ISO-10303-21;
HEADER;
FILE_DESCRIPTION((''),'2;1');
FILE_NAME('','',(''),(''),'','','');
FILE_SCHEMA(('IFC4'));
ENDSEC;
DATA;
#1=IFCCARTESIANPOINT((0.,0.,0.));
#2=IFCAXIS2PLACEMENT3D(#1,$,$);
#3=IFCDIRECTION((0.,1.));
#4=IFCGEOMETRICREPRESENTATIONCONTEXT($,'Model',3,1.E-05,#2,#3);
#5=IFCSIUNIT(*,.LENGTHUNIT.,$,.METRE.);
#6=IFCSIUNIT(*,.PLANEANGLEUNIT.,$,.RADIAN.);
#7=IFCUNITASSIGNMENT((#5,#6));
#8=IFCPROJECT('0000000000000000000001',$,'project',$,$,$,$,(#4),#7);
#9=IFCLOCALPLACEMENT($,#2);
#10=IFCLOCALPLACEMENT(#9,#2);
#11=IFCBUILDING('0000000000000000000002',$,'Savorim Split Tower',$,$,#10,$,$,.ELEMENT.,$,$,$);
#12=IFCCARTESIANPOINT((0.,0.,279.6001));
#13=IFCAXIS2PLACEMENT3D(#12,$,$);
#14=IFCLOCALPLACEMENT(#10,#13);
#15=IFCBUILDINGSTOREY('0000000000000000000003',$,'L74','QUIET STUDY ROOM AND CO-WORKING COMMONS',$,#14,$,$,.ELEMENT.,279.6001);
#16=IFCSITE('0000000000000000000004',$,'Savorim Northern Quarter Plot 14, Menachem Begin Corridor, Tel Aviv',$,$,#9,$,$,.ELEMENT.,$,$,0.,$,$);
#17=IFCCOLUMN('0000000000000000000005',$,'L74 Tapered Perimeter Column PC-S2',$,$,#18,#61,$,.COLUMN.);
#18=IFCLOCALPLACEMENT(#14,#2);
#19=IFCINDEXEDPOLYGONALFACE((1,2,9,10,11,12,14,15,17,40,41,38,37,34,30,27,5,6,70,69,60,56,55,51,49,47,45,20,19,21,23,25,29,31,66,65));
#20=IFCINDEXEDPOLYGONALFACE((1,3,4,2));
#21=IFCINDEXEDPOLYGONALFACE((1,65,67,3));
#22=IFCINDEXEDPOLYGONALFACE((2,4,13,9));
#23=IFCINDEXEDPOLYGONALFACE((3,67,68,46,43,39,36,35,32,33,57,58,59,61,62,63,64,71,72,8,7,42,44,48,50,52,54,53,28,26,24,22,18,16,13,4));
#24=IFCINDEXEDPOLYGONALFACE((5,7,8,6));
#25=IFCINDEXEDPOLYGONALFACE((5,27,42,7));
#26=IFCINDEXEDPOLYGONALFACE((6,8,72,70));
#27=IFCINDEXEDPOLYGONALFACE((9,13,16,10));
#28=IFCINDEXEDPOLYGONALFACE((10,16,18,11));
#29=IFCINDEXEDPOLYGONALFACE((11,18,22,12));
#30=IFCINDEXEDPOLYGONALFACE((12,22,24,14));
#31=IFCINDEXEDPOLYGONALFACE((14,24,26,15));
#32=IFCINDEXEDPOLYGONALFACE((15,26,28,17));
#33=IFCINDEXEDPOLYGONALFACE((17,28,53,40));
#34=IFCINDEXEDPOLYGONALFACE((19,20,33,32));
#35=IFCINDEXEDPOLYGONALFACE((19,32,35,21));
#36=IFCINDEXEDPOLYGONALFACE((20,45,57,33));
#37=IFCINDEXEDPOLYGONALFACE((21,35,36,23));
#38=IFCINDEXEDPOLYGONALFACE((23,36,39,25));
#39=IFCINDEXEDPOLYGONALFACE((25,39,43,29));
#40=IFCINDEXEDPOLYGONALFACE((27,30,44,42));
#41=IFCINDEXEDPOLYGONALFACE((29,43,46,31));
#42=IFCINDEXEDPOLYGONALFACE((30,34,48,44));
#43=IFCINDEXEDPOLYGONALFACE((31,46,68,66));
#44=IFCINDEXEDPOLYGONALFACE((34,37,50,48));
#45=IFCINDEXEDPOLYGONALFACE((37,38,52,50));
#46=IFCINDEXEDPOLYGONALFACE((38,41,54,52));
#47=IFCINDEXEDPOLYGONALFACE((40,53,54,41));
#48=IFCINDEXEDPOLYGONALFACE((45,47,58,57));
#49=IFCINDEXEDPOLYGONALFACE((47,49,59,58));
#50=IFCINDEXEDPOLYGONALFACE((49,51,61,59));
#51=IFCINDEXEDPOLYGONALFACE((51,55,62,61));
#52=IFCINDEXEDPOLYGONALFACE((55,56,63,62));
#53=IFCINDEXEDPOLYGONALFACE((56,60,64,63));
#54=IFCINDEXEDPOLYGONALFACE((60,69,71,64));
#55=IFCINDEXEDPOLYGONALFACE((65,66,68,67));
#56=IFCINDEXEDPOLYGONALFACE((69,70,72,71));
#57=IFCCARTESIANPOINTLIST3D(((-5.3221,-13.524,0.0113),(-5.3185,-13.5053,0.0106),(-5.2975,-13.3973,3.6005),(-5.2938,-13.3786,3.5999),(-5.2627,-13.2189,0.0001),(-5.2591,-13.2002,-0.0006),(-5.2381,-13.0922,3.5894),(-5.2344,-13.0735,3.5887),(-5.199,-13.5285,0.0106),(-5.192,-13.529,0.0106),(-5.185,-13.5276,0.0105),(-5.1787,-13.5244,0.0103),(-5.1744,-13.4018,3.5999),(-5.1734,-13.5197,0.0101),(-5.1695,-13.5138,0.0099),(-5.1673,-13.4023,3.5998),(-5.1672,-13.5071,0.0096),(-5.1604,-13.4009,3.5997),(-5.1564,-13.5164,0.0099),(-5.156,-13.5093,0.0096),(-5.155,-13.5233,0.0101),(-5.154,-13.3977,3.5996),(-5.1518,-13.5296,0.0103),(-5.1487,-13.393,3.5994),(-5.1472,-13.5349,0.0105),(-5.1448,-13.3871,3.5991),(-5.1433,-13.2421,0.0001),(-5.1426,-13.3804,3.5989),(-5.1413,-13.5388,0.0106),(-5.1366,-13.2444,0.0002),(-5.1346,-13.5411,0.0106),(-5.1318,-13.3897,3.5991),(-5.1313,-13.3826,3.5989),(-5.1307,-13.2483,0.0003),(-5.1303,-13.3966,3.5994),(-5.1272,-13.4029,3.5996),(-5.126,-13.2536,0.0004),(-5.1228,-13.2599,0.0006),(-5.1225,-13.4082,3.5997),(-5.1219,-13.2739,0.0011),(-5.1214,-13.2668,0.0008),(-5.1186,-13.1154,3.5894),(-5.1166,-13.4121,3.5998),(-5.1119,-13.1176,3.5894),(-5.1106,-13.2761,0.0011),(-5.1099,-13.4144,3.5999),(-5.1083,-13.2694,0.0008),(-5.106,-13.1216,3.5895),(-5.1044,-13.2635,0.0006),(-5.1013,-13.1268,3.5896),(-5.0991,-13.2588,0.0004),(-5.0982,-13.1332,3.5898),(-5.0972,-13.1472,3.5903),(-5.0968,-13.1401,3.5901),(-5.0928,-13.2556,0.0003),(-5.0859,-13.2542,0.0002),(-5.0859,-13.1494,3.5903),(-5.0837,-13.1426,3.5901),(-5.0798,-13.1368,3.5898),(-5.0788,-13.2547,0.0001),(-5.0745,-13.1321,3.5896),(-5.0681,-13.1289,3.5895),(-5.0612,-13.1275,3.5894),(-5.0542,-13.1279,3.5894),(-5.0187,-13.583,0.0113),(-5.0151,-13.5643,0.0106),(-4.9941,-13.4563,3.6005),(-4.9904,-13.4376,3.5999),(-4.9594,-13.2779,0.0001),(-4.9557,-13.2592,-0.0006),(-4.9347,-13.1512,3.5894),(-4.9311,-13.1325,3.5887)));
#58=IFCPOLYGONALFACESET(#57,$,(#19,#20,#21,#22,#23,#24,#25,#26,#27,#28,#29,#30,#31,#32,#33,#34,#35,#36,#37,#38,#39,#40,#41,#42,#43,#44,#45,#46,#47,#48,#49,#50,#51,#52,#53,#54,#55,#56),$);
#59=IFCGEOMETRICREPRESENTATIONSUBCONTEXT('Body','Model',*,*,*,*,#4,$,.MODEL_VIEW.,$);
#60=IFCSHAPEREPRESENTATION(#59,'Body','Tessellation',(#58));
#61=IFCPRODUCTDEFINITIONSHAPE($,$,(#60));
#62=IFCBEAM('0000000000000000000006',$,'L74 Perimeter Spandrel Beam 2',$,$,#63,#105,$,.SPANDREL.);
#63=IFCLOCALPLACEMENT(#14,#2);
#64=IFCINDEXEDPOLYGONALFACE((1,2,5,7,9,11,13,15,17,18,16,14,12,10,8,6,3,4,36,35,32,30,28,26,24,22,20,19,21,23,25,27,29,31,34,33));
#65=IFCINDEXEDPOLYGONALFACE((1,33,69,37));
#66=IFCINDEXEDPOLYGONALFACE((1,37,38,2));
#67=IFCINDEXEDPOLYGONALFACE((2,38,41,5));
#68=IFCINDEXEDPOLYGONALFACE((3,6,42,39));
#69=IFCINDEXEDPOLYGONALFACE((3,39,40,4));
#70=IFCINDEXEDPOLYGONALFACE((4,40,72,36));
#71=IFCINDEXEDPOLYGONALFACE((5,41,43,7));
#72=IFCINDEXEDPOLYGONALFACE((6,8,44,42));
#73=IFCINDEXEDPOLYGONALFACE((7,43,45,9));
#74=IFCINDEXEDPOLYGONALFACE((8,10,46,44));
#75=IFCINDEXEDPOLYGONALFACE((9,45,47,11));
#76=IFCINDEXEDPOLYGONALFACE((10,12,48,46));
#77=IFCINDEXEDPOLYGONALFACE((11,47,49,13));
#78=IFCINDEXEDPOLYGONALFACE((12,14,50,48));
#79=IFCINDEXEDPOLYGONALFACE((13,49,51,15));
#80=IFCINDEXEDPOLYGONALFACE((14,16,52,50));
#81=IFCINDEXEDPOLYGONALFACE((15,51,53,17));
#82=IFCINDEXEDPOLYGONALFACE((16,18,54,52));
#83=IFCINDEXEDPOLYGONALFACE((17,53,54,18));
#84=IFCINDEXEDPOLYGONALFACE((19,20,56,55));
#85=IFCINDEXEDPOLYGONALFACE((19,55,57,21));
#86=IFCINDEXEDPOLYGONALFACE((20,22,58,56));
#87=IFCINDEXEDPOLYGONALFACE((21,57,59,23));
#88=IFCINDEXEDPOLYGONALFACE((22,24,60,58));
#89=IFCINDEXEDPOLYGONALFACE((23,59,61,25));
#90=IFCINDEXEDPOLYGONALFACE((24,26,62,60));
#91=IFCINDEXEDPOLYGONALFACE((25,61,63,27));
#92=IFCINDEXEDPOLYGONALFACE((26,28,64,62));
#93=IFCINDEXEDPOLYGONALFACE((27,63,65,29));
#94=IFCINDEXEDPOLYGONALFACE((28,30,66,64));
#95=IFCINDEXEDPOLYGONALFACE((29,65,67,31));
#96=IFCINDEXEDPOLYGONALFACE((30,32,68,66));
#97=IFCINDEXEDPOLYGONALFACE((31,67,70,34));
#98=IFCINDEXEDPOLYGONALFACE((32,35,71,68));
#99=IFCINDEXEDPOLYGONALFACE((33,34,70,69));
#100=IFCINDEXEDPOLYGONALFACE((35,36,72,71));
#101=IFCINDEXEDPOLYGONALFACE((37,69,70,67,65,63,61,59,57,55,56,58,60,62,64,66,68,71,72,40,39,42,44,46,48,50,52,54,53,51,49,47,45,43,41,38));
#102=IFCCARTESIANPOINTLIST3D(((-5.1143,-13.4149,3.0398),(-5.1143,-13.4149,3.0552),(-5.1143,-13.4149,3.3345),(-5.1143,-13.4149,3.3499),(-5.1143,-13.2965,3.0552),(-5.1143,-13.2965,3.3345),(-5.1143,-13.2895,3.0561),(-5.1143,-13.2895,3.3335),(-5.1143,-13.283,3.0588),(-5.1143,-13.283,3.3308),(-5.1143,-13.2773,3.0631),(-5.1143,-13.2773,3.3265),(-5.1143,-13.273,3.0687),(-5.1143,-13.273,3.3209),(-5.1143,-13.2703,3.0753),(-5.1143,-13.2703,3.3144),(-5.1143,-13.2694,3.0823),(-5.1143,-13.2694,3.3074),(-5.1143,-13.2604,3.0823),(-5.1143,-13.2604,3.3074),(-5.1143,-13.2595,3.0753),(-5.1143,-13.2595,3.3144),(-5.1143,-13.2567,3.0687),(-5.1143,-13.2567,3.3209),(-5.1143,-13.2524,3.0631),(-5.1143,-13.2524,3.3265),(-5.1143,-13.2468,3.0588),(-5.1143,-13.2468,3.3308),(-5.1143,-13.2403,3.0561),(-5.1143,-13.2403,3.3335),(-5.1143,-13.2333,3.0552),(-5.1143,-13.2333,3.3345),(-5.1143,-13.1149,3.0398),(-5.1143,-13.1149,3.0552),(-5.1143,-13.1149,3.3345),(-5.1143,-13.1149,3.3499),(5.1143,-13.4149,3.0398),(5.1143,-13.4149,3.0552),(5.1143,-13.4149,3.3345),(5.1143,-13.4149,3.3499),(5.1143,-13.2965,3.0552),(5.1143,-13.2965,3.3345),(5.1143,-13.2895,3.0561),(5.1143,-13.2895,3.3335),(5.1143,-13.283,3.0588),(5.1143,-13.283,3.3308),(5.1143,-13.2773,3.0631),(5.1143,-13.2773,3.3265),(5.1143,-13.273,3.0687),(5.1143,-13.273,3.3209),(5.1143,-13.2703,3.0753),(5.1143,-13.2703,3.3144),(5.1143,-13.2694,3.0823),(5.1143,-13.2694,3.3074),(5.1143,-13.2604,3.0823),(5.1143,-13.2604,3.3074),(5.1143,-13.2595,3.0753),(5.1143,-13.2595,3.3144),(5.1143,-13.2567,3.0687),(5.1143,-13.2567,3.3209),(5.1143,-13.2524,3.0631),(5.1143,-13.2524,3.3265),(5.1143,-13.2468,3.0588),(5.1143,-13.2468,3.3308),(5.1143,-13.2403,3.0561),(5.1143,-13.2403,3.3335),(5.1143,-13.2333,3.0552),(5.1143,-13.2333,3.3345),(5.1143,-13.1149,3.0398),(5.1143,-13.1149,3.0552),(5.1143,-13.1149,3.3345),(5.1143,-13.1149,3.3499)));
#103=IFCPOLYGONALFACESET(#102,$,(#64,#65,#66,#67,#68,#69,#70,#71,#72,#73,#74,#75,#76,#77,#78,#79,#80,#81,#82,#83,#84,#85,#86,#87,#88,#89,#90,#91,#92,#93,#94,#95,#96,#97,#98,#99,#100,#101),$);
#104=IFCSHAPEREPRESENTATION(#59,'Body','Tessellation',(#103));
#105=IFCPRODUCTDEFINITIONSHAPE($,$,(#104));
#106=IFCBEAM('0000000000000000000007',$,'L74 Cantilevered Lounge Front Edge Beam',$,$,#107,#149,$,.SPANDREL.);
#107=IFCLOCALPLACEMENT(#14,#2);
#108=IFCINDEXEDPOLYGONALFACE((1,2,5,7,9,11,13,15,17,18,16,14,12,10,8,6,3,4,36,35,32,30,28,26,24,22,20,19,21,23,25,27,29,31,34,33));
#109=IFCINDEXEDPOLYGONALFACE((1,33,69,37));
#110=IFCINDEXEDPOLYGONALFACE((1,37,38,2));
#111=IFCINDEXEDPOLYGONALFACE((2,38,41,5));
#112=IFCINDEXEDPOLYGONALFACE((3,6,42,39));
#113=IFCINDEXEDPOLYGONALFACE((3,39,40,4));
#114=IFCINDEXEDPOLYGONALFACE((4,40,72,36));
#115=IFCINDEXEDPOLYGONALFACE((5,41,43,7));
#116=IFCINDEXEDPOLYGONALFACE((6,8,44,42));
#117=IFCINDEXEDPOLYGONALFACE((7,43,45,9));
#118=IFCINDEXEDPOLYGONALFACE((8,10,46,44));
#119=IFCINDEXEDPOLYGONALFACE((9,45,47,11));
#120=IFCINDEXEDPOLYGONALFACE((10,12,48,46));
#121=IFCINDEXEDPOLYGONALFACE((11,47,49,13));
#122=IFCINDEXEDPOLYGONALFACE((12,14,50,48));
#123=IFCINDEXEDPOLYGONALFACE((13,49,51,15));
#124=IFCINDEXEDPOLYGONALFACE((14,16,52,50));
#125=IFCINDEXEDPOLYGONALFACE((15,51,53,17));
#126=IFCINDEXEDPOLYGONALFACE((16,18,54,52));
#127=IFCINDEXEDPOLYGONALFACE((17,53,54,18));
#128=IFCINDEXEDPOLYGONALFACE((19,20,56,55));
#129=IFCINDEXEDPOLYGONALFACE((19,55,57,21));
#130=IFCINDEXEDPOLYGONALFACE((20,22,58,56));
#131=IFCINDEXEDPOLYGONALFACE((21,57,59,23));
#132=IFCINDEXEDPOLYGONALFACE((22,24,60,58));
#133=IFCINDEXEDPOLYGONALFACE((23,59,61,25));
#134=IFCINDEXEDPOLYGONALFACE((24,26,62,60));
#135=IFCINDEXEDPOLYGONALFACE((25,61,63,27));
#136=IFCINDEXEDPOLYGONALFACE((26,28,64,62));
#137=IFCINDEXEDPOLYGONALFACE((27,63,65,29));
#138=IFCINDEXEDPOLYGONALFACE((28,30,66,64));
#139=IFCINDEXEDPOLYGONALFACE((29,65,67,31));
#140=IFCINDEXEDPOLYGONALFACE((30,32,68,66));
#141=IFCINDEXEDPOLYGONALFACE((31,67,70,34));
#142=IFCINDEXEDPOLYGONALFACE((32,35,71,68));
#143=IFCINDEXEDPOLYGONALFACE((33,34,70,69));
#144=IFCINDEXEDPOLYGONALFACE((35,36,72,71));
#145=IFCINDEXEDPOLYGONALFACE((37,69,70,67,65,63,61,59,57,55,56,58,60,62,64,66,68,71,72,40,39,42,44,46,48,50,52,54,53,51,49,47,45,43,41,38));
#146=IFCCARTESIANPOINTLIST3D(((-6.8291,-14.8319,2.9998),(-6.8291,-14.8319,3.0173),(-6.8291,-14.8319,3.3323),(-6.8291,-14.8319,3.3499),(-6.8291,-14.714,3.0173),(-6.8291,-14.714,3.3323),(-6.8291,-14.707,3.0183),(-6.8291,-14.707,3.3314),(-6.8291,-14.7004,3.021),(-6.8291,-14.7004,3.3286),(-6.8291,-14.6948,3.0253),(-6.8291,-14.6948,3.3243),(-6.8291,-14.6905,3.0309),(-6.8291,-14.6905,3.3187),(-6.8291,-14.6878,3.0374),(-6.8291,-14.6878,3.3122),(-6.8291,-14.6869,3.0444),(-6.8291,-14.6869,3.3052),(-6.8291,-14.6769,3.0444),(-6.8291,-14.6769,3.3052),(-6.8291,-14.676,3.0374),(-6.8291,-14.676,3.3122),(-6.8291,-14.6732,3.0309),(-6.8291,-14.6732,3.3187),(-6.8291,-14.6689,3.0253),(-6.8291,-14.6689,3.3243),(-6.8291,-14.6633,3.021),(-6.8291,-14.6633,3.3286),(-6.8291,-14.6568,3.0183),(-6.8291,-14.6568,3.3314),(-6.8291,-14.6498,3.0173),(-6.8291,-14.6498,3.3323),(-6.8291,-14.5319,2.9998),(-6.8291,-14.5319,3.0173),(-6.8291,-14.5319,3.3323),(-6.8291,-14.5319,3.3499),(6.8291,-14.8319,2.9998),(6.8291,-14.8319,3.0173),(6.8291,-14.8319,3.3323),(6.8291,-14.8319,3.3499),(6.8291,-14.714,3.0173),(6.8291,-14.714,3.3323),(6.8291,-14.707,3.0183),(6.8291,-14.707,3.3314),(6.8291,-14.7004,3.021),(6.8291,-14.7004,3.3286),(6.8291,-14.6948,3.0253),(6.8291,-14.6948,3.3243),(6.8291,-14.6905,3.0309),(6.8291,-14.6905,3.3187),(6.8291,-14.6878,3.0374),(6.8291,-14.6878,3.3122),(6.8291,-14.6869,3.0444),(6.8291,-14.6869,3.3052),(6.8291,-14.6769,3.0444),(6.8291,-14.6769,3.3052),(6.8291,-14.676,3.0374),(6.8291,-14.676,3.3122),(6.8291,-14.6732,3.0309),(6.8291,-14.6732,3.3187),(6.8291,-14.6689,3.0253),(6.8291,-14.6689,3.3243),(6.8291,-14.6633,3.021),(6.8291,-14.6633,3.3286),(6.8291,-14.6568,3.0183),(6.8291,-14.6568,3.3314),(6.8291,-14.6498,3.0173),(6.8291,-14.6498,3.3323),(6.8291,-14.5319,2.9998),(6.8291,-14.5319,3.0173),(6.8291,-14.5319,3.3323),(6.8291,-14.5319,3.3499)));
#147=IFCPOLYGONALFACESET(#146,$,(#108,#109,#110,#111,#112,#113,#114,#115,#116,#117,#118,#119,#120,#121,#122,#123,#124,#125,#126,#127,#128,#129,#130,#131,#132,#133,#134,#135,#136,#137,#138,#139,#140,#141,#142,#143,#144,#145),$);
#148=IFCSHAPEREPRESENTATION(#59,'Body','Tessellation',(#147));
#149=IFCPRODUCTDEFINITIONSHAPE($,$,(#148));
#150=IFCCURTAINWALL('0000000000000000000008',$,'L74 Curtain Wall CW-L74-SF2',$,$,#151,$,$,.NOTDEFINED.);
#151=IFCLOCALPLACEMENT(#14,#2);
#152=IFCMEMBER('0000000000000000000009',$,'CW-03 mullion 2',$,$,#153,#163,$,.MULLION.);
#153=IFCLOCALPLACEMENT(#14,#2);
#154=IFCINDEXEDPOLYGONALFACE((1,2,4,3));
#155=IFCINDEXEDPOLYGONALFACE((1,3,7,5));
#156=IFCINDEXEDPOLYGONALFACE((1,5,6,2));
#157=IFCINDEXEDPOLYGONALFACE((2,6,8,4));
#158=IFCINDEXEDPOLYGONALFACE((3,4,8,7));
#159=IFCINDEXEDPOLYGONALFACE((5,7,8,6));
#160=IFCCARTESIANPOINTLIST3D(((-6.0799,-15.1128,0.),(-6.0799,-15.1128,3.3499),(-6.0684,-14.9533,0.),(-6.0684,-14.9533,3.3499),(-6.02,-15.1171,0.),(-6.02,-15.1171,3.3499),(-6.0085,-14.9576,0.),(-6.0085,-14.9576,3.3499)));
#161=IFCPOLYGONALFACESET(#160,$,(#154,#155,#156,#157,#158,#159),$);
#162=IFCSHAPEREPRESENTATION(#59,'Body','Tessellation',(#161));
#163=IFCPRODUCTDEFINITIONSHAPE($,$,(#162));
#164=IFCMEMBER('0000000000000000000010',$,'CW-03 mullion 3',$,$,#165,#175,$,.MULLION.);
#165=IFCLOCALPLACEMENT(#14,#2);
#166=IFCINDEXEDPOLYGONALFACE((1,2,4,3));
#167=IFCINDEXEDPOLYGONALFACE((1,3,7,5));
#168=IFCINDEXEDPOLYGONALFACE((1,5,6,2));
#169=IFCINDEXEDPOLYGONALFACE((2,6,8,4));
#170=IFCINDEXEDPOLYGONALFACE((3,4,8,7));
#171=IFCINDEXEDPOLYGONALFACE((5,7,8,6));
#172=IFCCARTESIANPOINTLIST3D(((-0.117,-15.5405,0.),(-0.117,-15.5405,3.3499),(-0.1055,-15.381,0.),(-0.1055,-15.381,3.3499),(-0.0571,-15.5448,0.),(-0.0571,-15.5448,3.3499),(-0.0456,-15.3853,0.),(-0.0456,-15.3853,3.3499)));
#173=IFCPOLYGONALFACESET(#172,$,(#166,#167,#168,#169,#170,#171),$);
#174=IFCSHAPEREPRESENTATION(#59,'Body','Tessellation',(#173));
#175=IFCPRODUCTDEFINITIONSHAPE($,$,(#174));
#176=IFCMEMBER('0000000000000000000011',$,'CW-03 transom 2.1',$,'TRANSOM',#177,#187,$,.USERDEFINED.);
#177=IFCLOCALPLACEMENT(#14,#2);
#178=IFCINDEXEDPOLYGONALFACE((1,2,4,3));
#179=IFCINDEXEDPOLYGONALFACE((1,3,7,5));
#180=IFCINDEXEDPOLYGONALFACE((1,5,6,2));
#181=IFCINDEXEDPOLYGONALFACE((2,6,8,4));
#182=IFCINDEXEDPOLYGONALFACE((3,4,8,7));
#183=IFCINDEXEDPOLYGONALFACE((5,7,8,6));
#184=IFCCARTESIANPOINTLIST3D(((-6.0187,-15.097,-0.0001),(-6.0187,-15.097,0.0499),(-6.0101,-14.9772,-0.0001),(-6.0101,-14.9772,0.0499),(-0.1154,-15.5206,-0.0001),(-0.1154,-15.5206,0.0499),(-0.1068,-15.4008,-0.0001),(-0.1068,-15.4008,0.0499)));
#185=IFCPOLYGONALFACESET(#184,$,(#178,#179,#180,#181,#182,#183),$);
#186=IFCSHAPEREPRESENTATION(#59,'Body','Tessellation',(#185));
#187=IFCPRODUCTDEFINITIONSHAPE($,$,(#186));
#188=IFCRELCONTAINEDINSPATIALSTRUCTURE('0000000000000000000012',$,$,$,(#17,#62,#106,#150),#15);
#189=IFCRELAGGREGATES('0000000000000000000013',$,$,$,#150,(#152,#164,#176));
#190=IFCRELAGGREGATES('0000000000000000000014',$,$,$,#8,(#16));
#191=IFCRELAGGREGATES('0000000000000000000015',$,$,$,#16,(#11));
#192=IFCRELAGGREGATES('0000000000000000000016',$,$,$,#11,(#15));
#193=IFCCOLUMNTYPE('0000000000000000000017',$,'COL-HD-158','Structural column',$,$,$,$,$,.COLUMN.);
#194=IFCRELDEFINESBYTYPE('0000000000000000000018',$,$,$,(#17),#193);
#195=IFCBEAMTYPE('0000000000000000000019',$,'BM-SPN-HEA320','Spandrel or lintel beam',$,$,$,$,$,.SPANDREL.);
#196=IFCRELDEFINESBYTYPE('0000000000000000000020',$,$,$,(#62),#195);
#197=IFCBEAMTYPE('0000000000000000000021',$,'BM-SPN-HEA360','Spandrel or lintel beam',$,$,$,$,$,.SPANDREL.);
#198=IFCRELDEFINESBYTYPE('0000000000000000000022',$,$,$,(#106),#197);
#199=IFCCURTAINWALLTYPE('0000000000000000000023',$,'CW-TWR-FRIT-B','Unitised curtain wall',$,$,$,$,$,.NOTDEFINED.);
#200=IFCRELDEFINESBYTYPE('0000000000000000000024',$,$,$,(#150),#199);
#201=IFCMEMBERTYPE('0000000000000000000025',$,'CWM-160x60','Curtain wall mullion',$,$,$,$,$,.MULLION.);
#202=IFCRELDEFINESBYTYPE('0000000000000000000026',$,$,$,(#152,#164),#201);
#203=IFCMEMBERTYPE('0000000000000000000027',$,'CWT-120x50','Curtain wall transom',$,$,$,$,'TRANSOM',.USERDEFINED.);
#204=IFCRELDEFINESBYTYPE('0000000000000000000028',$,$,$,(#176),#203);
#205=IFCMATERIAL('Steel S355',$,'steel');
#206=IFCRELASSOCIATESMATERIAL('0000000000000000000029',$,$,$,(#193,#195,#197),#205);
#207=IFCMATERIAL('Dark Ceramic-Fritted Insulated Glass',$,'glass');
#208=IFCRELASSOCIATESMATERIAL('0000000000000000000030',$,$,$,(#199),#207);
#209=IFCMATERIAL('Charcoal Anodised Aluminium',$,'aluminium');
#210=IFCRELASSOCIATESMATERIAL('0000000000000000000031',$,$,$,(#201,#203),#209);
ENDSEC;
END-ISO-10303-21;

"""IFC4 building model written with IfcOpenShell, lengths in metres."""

from ifc_helpers import new_model, si_unit, direction, frame, origin, origin_2d, place, context, subcontext, project, spatial, rectangle, i_section, extrude, material, material_profile, profile_set, type_object, element, aggregate, save


model = new_model("IFC4")

# Units and contexts
model_context = context("Model", 3, precision=1e-05, world=origin(), true_north=direction((0.0, 1.0)))
body_context = subcontext(model_context, "Body", "Model", "MODEL_VIEW")
ifc_project = project(units=[si_unit("LENGTHUNIT", "METRE"), si_unit("PLANEANGLEUNIT", "RADIAN")], contexts=[model_context])

# Site, building, storey
site_placement = place(None, origin())
site = spatial("IfcSite", under=ifc_project, at=site_placement, Name="Savorim Northern Quarter Plot 14, Menachem Begin Corridor, Tel Aviv", CompositionType="ELEMENT", RefElevation=0.0)
building_placement = place(site_placement, origin())
building = spatial("IfcBuilding", under=site, at=building_placement, Name="Savorim Split Tower", CompositionType="ELEMENT")
storey_placement = place(building_placement, frame((0.0, 0.0, 279.6001)))
storey = spatial("IfcBuildingStorey", under=building, at=storey_placement, Name="L74", Description="QUIET STUDY ROOM AND CO-WORKING COMMONS", CompositionType="ELEMENT", Elevation=279.6001)

# Column
ifc_material_1 = material(Name="Steel S355", Category="steel")
ifc_material_profile_1 = material_profile(ifc_material_1, i_section(OverallWidth=0.3091, OverallDepth=0.3301, WebThickness=0.0115, FlangeThickness=0.019, FilletRadius=0.0271, at=origin_2d()), Name="HD 320x158")
ifc_profile_set_1 = profile_set([ifc_material_profile_1], Name="Steel S355")
column_type = type_object("IfcColumnType", Name="COL-HD-158", Description="Structural column", PredefinedType="COLUMN", material=ifc_profile_set_1)
column_placement = place(storey_placement, frame((-5.1389, -13.3916, 0.0054), z_axis=(0.006866, 0.035281, 0.999354), x_axis=(-0.981586, 0.191022, 0.0)))
element("IfcColumn", 1, at=column_placement, inside=storey, type_object=column_type, Name="L74 Tapered Perimeter Column PC-S2", PredefinedType="COLUMN", context=body_context, shape_type="SweptSolid", body=[
    extrude(i_section(OverallWidth=0.3091, OverallDepth=0.3301, WebThickness=0.0115, FlangeThickness=0.019, FilletRadius=0.0271, at=origin_2d()), origin(), (0.0, 0.0, 1.0), 3.5916),
])

# Beams
ifc_material_profile_2 = material_profile(ifc_material_1, i_section(OverallWidth=0.3, OverallDepth=0.3101, WebThickness=0.009, FlangeThickness=0.0154, FilletRadius=0.0271, at=origin_2d()), Name="HEA 320")
ifc_profile_set_2 = profile_set([ifc_material_profile_2], Name="Steel S355")
beam_type_1 = type_object("IfcBeamType", Name="BM-SPN-HEA320", Description="Spandrel or lintel beam", PredefinedType="SPANDREL", material=ifc_profile_set_2)
beam_1_placement = place(storey_placement, frame((-5.1143, -13.2649, 3.1948), z_axis=(1.0, 0.0, 0.0), x_axis=(0.0, 1.0, 0.0)))
element("IfcBeam", 2, at=beam_1_placement, inside=storey, type_object=beam_type_1, Name="L74 Perimeter Spandrel Beam 2", PredefinedType="SPANDREL", context=body_context, shape_type="SweptSolid", body=[
    extrude(i_section(OverallWidth=0.3, OverallDepth=0.3101, WebThickness=0.009, FlangeThickness=0.0154, FilletRadius=0.0271, at=origin_2d()), origin(), (0.0, 0.0, 1.0), 10.2285),
])
ifc_material_profile_3 = material_profile(ifc_material_1, i_section(OverallWidth=0.3, OverallDepth=0.3501, WebThickness=0.01, FlangeThickness=0.0176, FilletRadius=0.0271, at=origin_2d()), Name="HEA 360")
ifc_profile_set_3 = profile_set([ifc_material_profile_3], Name="Steel S355")
beam_type_2 = type_object("IfcBeamType", Name="BM-SPN-HEA360", Description="Spandrel or lintel beam", PredefinedType="SPANDREL", material=ifc_profile_set_3)
beam_2_placement = place(storey_placement, frame((-6.8291, -14.6819, 3.1748), z_axis=(1.0, 0.0, 0.0), x_axis=(0.0, 1.0, 0.0)))
element("IfcBeam", 3, at=beam_2_placement, inside=storey, type_object=beam_type_2, Name="L74 Cantilevered Lounge Front Edge Beam", PredefinedType="SPANDREL", context=body_context, shape_type="SweptSolid", body=[
    extrude(i_section(OverallWidth=0.3, OverallDepth=0.3501, WebThickness=0.01, FlangeThickness=0.0176, FilletRadius=0.0271, at=origin_2d()), origin(), (0.0, 0.0, 1.0), 13.6582),
])

# Curtain wall, members
ifc_material_2 = material(Name="Dark Ceramic-Fritted Insulated Glass", Category="glass")
curtain_wall_type = type_object("IfcCurtainWallType", Name="CW-TWR-FRIT-B", Description="Unitised curtain wall", PredefinedType="NOTDEFINED", material=ifc_material_2)
curtain_wall_placement = place(storey_placement, origin())
curtain_wall = element("IfcCurtainWall", 4, at=curtain_wall_placement, inside=storey, type_object=curtain_wall_type, Name="L74 Curtain Wall CW-L74-SF2", PredefinedType="NOTDEFINED")
ifc_material_3 = material(Name="Charcoal Anodised Aluminium", Category="aluminium")
ifc_material_profile_4 = material_profile(ifc_material_3, rectangle(XDim=0.1599, YDim=0.0601, at=origin_2d()), Name="ALU-M 160x60")
ifc_profile_set_4 = profile_set([ifc_material_profile_4], Name="Charcoal Anodised Aluminium")
member_type_1 = type_object("IfcMemberType", Name="CWM-160x60", Description="Curtain wall mullion", PredefinedType="MULLION", material=ifc_profile_set_4)
member_1_placement = place(storey_placement, frame((-6.0442, -15.0352, 0.0), z_axis=(0.0, 0.0, 1.0), x_axis=(0.071558, 0.997436, 0.0)))
member_1 = element("IfcMember", 5, at=member_1_placement, type_object=member_type_1, Name="CW-03 mullion 2", PredefinedType="MULLION", context=body_context, shape_type="SweptSolid", body=[
    extrude(rectangle(XDim=0.1599, YDim=0.0601, at=origin_2d()), origin(), (0.0, 0.0, 1.0), 3.3499),
])
member_2_placement = place(storey_placement, frame((-0.0813, -15.4629, 0.0), z_axis=(0.0, 0.0, 1.0), x_axis=(0.071558, 0.997436, 0.0)))
member_2 = element("IfcMember", 6, at=member_2_placement, type_object=member_type_1, Name="CW-03 mullion 3", PredefinedType="MULLION", context=body_context, shape_type="SweptSolid", body=[
    extrude(rectangle(XDim=0.1599, YDim=0.0601, at=origin_2d()), origin(), (0.0, 0.0, 1.0), 3.3499),
])
ifc_material_profile_5 = material_profile(ifc_material_3, rectangle(XDim=0.1201, YDim=0.05, at=origin_2d()), Name="ALU-T 120x50")
ifc_profile_set_5 = profile_set([ifc_material_profile_5], Name="Charcoal Anodised Aluminium")
member_type_2 = type_object("IfcMemberType", Name="CWT-120x50", Description="Curtain wall transom", ElementType="TRANSOM", PredefinedType="USERDEFINED", material=ifc_profile_set_5)
member_3_placement = place(storey_placement, frame((-6.0144, -15.0371, 0.0249), z_axis=(0.997436, -0.07157, 0.0), x_axis=(0.07157, 0.997436, 0.0)))
member_3 = element("IfcMember", 7, at=member_3_placement, type_object=member_type_2, Name="CW-03 transom 2.1", ObjectType="TRANSOM", PredefinedType="USERDEFINED", context=body_context, shape_type="SweptSolid", body=[
    extrude(rectangle(XDim=0.1201, YDim=0.05, at=origin_2d()), origin(), (0.0, 0.0, 1.0), 5.9185),
])

aggregate(curtain_wall, [member_1, member_2, member_3])

save(model, "model.ifc")
